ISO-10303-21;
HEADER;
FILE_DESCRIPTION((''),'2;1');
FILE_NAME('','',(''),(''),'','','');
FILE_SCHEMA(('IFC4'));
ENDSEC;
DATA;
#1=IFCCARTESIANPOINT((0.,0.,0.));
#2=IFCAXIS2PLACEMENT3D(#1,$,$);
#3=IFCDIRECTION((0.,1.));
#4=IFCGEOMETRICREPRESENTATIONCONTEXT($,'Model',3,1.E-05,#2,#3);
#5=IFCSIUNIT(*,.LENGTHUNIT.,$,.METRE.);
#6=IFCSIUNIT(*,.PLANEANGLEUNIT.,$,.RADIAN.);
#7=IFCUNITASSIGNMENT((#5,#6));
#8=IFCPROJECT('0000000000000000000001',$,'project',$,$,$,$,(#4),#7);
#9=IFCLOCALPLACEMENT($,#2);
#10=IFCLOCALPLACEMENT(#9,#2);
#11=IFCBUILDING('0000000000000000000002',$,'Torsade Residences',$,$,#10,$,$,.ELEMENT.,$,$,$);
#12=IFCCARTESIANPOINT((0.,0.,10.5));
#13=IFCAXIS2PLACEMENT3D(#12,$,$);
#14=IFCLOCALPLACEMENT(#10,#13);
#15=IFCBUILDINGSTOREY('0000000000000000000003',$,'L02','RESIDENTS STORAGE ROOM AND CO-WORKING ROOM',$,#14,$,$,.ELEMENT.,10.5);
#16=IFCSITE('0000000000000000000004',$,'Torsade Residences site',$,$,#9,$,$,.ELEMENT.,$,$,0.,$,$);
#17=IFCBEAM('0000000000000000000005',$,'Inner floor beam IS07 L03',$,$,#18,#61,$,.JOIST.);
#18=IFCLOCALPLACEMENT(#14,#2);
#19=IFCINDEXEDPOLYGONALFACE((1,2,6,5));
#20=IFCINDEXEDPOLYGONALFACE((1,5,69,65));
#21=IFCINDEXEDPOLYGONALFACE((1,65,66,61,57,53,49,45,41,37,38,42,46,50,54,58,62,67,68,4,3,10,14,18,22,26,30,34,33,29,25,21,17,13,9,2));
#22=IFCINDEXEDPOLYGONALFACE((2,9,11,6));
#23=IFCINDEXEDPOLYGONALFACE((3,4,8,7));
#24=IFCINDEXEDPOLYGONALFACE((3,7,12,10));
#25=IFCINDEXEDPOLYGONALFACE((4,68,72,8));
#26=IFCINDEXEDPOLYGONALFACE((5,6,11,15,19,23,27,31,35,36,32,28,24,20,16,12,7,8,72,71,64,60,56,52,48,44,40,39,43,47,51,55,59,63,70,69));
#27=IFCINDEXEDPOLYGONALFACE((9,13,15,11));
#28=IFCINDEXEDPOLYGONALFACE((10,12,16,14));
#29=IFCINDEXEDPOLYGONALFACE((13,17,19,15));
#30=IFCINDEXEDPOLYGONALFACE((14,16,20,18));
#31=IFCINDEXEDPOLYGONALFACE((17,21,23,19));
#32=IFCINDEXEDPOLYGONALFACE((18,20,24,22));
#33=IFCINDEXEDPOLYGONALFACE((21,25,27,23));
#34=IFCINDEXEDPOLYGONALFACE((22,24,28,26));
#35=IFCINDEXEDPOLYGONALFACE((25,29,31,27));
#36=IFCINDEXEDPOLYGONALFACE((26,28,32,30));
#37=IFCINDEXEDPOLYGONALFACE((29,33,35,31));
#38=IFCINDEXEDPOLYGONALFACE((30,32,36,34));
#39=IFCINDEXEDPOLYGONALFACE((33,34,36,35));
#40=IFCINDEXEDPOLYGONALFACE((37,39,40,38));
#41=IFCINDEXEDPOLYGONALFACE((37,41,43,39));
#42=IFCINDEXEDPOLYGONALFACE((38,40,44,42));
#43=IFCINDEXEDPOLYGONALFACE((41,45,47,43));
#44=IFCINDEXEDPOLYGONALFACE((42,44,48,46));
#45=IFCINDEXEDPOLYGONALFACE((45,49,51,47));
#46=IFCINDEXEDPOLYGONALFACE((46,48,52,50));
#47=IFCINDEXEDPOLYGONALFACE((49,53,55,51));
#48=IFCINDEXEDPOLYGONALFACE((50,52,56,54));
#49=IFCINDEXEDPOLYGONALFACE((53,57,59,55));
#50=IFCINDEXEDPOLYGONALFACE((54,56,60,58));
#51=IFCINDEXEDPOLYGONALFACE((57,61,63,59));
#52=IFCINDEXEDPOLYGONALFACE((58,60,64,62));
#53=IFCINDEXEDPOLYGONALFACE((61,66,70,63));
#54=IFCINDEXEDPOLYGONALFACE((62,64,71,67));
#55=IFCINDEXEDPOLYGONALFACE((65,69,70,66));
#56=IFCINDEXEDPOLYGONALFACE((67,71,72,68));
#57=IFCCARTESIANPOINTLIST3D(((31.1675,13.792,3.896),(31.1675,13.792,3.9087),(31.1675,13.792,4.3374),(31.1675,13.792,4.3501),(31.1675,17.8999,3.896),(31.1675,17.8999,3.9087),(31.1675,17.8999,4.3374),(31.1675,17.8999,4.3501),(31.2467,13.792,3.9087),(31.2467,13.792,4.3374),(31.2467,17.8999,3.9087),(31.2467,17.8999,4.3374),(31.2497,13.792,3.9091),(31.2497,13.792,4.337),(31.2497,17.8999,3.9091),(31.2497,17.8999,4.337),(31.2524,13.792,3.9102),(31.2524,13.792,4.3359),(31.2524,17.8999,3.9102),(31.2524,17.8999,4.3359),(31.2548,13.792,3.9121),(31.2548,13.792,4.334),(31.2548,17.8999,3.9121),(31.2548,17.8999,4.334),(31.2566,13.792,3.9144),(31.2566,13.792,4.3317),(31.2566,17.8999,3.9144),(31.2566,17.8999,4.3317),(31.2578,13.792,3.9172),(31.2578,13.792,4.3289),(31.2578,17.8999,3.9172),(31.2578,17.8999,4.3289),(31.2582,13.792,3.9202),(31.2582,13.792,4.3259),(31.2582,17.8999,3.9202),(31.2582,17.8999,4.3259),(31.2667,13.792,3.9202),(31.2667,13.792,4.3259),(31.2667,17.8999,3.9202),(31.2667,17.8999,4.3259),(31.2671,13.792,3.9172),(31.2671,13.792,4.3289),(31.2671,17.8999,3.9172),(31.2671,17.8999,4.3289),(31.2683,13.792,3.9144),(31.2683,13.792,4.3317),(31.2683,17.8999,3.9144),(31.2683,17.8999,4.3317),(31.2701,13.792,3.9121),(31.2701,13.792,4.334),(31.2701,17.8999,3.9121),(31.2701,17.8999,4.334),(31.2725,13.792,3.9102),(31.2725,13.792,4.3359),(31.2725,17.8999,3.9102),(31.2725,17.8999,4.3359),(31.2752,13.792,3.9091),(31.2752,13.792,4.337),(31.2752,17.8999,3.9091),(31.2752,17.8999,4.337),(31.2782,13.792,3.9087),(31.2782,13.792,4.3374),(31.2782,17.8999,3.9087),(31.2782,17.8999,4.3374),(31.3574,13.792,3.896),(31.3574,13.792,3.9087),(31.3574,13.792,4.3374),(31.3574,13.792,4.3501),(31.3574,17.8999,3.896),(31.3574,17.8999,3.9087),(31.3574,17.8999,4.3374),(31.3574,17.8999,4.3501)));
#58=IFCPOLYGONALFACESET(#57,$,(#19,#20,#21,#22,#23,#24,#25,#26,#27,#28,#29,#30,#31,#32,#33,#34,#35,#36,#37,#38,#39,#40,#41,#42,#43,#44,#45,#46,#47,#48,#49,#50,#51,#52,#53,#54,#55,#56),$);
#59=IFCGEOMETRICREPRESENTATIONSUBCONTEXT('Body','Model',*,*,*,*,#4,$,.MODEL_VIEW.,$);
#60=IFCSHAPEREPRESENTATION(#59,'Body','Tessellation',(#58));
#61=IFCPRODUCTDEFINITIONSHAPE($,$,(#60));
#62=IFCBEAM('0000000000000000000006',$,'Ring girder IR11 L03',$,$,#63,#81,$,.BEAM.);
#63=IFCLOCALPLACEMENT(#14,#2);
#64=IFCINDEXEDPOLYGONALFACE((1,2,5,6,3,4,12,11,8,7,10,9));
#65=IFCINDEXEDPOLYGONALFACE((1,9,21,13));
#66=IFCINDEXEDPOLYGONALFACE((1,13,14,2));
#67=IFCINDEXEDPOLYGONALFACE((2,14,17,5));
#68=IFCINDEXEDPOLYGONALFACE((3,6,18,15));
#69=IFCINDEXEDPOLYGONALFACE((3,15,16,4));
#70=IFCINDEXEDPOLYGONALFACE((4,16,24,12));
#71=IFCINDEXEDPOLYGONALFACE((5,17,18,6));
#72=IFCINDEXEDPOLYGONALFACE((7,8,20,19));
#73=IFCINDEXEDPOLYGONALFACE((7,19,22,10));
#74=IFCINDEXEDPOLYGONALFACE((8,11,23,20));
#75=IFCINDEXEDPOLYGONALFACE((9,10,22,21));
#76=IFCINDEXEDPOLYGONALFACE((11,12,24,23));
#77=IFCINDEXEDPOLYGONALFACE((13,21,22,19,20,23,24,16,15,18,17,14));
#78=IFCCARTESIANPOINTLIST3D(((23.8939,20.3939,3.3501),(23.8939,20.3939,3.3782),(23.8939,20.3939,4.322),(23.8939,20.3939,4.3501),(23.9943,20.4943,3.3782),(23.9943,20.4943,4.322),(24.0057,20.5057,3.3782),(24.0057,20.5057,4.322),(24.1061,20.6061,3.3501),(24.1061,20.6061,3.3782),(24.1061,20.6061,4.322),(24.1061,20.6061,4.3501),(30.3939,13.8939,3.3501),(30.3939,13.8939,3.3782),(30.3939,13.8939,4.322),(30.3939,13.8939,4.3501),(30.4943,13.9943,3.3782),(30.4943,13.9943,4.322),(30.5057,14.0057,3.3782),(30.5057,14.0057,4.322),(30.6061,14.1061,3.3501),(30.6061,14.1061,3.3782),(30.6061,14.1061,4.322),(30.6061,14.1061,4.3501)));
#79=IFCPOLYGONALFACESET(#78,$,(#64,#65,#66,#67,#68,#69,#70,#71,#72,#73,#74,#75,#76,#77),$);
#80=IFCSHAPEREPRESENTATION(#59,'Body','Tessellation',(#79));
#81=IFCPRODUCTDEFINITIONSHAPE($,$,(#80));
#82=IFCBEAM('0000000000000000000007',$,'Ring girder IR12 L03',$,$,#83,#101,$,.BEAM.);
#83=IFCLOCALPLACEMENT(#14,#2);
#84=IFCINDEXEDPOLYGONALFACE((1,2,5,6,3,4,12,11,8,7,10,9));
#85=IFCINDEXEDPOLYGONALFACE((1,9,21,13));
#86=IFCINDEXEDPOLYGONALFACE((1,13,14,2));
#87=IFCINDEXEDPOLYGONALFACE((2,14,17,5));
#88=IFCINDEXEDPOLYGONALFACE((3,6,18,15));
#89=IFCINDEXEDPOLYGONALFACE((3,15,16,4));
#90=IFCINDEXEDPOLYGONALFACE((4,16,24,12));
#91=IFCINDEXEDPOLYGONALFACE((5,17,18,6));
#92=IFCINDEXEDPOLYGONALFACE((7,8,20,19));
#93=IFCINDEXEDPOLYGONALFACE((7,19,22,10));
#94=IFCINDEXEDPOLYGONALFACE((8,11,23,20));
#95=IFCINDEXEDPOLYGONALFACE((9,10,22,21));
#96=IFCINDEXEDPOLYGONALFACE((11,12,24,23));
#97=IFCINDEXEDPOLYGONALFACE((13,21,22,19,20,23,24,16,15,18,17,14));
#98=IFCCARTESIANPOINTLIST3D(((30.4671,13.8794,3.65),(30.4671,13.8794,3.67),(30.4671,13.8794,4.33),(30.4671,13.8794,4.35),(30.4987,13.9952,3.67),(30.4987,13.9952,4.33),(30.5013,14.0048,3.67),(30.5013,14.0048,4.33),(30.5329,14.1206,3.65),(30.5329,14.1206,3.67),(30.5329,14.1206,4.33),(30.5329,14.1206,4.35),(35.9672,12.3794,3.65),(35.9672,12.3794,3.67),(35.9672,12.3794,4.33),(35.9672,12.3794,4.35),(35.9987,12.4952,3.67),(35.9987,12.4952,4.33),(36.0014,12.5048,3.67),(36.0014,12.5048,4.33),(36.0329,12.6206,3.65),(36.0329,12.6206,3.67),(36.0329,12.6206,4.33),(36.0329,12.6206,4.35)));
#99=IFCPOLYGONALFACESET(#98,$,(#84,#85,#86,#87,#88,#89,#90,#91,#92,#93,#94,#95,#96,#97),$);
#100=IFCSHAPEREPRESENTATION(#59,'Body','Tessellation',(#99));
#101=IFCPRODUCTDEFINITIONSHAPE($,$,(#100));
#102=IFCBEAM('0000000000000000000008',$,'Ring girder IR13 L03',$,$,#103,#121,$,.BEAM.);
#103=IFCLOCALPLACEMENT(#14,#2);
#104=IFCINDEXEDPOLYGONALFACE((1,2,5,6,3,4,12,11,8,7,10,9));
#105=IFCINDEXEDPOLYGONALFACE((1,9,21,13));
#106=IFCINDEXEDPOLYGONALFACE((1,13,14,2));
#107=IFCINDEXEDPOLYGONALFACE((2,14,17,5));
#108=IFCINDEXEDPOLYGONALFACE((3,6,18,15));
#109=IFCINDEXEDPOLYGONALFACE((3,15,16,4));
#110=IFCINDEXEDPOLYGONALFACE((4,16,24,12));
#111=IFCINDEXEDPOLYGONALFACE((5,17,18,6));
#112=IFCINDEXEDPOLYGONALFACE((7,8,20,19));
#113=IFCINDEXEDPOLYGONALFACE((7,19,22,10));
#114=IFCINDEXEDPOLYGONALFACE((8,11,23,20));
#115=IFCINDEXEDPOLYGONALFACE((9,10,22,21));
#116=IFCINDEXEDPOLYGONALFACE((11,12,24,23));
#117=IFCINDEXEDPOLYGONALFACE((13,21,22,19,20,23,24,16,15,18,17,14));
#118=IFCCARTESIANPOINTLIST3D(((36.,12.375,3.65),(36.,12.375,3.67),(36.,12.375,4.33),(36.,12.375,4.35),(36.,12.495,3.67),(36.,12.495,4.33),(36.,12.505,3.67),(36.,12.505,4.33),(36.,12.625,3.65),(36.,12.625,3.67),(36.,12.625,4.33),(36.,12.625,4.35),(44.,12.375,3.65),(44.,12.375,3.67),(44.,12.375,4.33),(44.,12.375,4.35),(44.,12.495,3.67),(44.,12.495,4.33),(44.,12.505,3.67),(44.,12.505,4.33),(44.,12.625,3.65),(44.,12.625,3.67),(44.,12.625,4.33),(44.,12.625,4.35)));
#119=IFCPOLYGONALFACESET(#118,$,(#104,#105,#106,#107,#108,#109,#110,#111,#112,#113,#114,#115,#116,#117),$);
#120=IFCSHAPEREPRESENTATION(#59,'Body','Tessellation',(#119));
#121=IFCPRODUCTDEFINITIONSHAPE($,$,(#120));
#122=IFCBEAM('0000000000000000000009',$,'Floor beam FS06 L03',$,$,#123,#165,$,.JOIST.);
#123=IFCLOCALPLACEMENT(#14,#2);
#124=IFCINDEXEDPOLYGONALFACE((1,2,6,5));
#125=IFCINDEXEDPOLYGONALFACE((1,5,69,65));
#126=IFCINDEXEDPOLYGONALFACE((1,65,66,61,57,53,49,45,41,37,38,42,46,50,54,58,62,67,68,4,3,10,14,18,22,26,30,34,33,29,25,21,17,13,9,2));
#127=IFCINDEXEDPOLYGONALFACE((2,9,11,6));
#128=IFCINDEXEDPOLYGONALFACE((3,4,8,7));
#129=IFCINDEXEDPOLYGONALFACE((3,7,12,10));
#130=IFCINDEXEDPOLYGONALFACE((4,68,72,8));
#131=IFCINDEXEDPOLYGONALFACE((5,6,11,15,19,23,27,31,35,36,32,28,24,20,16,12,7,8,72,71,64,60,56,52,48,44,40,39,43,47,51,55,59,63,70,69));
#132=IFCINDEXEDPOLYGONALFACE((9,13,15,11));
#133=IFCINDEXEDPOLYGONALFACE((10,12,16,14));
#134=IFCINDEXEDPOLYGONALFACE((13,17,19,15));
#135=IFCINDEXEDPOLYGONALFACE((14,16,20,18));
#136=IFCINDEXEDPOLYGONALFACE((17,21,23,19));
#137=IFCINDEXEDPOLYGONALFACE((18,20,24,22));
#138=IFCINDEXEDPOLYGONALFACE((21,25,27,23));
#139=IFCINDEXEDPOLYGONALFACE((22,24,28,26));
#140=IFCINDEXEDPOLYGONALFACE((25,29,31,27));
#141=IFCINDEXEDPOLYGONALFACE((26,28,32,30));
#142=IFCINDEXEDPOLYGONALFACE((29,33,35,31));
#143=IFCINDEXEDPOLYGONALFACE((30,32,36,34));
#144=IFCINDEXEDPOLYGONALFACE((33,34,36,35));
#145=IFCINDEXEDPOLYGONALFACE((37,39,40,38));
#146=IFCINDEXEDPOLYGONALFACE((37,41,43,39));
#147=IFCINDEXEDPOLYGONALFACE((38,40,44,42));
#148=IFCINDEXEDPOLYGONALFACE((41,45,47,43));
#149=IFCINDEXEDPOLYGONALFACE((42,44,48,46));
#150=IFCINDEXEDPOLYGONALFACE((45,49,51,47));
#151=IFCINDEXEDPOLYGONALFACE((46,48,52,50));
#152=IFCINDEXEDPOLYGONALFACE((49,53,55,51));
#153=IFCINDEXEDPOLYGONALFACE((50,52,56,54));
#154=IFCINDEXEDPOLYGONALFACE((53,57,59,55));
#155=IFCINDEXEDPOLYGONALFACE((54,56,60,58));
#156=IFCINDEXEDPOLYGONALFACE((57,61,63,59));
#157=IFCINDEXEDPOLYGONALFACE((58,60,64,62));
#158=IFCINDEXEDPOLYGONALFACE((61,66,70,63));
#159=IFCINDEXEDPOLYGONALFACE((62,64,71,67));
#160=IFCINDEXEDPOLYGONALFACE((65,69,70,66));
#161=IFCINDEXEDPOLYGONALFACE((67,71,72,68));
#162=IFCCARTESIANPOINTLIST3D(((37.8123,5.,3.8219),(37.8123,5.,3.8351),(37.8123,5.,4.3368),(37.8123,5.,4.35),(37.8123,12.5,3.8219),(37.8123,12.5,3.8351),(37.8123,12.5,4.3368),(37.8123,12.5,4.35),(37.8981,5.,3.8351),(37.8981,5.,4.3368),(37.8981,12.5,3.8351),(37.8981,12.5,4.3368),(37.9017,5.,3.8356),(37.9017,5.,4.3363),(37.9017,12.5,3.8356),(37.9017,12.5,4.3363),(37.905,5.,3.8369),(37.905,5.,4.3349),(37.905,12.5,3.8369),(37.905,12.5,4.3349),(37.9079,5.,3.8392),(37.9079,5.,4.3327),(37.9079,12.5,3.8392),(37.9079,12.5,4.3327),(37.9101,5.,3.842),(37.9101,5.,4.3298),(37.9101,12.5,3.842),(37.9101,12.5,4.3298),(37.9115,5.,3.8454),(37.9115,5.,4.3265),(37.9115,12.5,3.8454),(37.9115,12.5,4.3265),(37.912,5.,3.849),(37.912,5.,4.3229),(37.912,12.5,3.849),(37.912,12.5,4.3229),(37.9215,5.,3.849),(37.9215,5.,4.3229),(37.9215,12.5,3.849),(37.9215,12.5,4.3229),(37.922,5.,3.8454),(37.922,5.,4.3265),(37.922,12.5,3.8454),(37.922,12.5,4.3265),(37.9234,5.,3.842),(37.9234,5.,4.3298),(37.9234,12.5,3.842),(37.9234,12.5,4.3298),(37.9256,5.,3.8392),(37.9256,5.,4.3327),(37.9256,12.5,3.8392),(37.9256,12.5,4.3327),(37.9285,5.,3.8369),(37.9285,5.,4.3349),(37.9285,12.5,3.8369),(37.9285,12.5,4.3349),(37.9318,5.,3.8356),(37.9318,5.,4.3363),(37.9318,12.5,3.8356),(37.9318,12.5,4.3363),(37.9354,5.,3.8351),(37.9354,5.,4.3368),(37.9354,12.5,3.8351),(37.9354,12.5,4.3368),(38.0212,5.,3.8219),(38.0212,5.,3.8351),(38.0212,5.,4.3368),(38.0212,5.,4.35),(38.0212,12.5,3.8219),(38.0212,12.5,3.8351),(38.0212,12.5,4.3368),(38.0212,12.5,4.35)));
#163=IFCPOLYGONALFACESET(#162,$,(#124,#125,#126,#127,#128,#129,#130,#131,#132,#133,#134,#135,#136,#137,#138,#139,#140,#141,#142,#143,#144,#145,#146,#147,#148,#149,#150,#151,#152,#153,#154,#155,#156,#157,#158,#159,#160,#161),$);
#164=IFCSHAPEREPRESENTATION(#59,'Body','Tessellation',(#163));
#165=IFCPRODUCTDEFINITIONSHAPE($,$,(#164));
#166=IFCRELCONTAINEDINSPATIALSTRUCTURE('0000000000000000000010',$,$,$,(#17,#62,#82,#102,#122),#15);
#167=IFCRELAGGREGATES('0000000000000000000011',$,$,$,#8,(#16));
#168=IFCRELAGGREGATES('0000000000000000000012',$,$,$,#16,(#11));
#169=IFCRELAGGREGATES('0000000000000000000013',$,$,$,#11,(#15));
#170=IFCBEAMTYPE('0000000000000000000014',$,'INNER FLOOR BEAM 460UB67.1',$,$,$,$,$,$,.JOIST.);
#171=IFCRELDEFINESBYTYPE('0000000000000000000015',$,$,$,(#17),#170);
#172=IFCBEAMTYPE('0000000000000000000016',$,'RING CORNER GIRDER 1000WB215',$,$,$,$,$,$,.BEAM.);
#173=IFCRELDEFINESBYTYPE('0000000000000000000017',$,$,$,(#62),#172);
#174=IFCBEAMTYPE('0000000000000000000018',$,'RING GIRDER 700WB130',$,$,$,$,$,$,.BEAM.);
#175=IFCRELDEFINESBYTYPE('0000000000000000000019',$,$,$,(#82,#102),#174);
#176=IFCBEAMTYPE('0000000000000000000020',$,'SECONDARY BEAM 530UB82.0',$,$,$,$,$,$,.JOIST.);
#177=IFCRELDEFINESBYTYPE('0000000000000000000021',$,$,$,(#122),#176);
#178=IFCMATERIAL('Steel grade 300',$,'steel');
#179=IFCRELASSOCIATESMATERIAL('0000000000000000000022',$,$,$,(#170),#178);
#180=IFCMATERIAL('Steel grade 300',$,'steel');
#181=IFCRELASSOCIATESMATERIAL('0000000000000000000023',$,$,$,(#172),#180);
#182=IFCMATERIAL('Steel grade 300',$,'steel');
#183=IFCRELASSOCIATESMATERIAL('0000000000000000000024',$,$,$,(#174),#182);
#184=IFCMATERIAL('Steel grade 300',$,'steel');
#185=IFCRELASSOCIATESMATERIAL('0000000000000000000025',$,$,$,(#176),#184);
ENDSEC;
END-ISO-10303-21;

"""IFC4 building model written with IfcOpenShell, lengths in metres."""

from ifc_helpers import new_model, si_unit, direction, frame, origin, origin_2d, place, context, subcontext, project, spatial, i_section, extrude, material, material_profile, profile_set, type_object, element, save


model = new_model("IFC4")

# Units and contexts
model_context = context("Model", 3, precision=1e-05, world=origin(), true_north=direction((0.0, 1.0)))
body_context = subcontext(model_context, "Body", "Model", "MODEL_VIEW")
ifc_project = project(units=[si_unit("LENGTHUNIT", "METRE"), si_unit("PLANEANGLEUNIT", "RADIAN")], contexts=[model_context])

# Site, building, storey
site_placement = place(None, origin())
site = spatial("IfcSite", under=ifc_project, at=site_placement, Name="Torsade Residences site", CompositionType="ELEMENT", RefElevation=0.0)
building_placement = place(site_placement, origin())
building = spatial("IfcBuilding", under=site, at=building_placement, Name="Torsade Residences", CompositionType="ELEMENT")
storey_placement = place(building_placement, frame((0.0, 0.0, 10.5)))
storey = spatial("IfcBuildingStorey", under=building, at=storey_placement, Name="L02", Description="RESIDENTS STORAGE ROOM AND CO-WORKING ROOM", CompositionType="ELEMENT", Elevation=10.5)

# Beams
ifc_material_1 = material(Name="Steel grade 300", Category="steel")
ifc_material_profile_1 = material_profile(ifc_material_1, i_section(OverallWidth=0.1899, OverallDepth=0.4541, WebThickness=0.0085, FlangeThickness=0.0127, FilletRadius=0.0115, at=origin_2d()), Name="460UB67.1")
ifc_profile_set_1 = profile_set([ifc_material_profile_1], Name="Steel grade 300")
beam_type_1 = type_object("IfcBeamType", Name="INNER FLOOR BEAM 460UB67.1", PredefinedType="JOIST", material=ifc_profile_set_1)
beam_1_placement = place(storey_placement, frame((31.2625, 17.8999, 4.123), z_axis=(0.0, -1.0, 0.0), x_axis=(1.0, 0.0, 0.0)))
element("IfcBeam", 1, at=beam_1_placement, inside=storey, type_object=beam_type_1, Name="Inner floor beam IS07 L03", PredefinedType="JOIST", context=body_context, shape_type="SweptSolid", body=[
    extrude(i_section(OverallWidth=0.1899, OverallDepth=0.4541, WebThickness=0.0085, FlangeThickness=0.0127, FilletRadius=0.0115, at=origin_2d()), origin(), (0.0, 0.0, 1.0), 4.1079),
])
ifc_material_2 = material(Name="Steel grade 300", Category="steel")
ifc_material_profile_2 = material_profile(ifc_material_2, i_section(OverallWidth=0.3, OverallDepth=1.0, WebThickness=0.0161, FlangeThickness=0.0281, at=origin_2d()), Name="1000WB215")
ifc_profile_set_2 = profile_set([ifc_material_profile_2], Name="Steel grade 300")
beam_type_2 = type_object("IfcBeamType", Name="RING CORNER GIRDER 1000WB215", PredefinedType="BEAM", material=ifc_profile_set_2)
beam_2_placement = place(storey_placement, frame((24.0, 20.5, 3.8501), z_axis=(0.707107, -0.707107, 0.0), x_axis=(0.707107, 0.707107, 0.0)))
element("IfcBeam", 2, at=beam_2_placement, inside=storey, type_object=beam_type_2, Name="Ring girder IR11 L03", PredefinedType="BEAM", context=body_context, shape_type="SweptSolid", body=[
    extrude(i_section(OverallWidth=0.3, OverallDepth=1.0, WebThickness=0.0161, FlangeThickness=0.0281, at=origin_2d()), origin(), (0.0, 0.0, 1.0), 9.1924),
])
ifc_material_3 = material(Name="Steel grade 300", Category="steel")
ifc_material_profile_3 = material_profile(ifc_material_3, i_section(OverallWidth=0.25, OverallDepth=0.7, WebThickness=0.01, FlangeThickness=0.02, at=origin_2d()), Name="700WB130")
ifc_profile_set_3 = profile_set([ifc_material_profile_3], Name="Steel grade 300")
beam_type_3 = type_object("IfcBeamType", Name="RING GIRDER 700WB130", PredefinedType="BEAM", material=ifc_profile_set_3)
beam_3_placement = place(storey_placement, frame((30.5, 14.0, 4.0), z_axis=(0.964764, -0.263117, 0.0), x_axis=(0.263117, 0.964764, 0.0)))
element("IfcBeam", 3, at=beam_3_placement, inside=storey, type_object=beam_type_3, Name="Ring girder IR12 L03", PredefinedType="BEAM", context=body_context, shape_type="SweptSolid", body=[
    extrude(i_section(OverallWidth=0.25, OverallDepth=0.7, WebThickness=0.01, FlangeThickness=0.02, at=origin_2d()), origin(), (0.0, 0.0, 1.0), 5.7009),
])
beam_4_placement = place(storey_placement, frame((36.0, 12.5, 4.0), z_axis=(1.0, 0.0, 0.0), x_axis=(0.0, 1.0, 0.0)))
element("IfcBeam", 4, at=beam_4_placement, inside=storey, type_object=beam_type_3, Name="Ring girder IR13 L03", PredefinedType="BEAM", context=body_context, shape_type="SweptSolid", body=[
    extrude(i_section(OverallWidth=0.25, OverallDepth=0.7, WebThickness=0.01, FlangeThickness=0.02, at=origin_2d()), origin(), (0.0, 0.0, 1.0), 8.0),
])
ifc_material_4 = material(Name="Steel grade 300", Category="steel")
ifc_material_profile_4 = material_profile(ifc_material_4, i_section(OverallWidth=0.209, OverallDepth=0.5281, WebThickness=0.0095, FlangeThickness=0.0132, FilletRadius=0.0139, at=origin_2d()), Name="530UB82.0")
ifc_profile_set_4 = profile_set([ifc_material_profile_4], Name="Steel grade 300")
beam_type_4 = type_object("IfcBeamType", Name="SECONDARY BEAM 530UB82.0", PredefinedType="JOIST", material=ifc_profile_set_4)
beam_5_placement = place(storey_placement, frame((37.9167, 5.0, 4.0859), z_axis=(0.0, 1.0, 0.0), x_axis=(-1.0, 0.0, 0.0)))
element("IfcBeam", 5, at=beam_5_placement, inside=storey, type_object=beam_type_4, Name="Floor beam FS06 L03", PredefinedType="JOIST", context=body_context, shape_type="SweptSolid", body=[
    extrude(i_section(OverallWidth=0.209, OverallDepth=0.5281, WebThickness=0.0095, FlangeThickness=0.0132, FilletRadius=0.0139, at=origin_2d()), origin(), (0.0, 0.0, 1.0), 7.5),
])

save(model, "model.ifc")
